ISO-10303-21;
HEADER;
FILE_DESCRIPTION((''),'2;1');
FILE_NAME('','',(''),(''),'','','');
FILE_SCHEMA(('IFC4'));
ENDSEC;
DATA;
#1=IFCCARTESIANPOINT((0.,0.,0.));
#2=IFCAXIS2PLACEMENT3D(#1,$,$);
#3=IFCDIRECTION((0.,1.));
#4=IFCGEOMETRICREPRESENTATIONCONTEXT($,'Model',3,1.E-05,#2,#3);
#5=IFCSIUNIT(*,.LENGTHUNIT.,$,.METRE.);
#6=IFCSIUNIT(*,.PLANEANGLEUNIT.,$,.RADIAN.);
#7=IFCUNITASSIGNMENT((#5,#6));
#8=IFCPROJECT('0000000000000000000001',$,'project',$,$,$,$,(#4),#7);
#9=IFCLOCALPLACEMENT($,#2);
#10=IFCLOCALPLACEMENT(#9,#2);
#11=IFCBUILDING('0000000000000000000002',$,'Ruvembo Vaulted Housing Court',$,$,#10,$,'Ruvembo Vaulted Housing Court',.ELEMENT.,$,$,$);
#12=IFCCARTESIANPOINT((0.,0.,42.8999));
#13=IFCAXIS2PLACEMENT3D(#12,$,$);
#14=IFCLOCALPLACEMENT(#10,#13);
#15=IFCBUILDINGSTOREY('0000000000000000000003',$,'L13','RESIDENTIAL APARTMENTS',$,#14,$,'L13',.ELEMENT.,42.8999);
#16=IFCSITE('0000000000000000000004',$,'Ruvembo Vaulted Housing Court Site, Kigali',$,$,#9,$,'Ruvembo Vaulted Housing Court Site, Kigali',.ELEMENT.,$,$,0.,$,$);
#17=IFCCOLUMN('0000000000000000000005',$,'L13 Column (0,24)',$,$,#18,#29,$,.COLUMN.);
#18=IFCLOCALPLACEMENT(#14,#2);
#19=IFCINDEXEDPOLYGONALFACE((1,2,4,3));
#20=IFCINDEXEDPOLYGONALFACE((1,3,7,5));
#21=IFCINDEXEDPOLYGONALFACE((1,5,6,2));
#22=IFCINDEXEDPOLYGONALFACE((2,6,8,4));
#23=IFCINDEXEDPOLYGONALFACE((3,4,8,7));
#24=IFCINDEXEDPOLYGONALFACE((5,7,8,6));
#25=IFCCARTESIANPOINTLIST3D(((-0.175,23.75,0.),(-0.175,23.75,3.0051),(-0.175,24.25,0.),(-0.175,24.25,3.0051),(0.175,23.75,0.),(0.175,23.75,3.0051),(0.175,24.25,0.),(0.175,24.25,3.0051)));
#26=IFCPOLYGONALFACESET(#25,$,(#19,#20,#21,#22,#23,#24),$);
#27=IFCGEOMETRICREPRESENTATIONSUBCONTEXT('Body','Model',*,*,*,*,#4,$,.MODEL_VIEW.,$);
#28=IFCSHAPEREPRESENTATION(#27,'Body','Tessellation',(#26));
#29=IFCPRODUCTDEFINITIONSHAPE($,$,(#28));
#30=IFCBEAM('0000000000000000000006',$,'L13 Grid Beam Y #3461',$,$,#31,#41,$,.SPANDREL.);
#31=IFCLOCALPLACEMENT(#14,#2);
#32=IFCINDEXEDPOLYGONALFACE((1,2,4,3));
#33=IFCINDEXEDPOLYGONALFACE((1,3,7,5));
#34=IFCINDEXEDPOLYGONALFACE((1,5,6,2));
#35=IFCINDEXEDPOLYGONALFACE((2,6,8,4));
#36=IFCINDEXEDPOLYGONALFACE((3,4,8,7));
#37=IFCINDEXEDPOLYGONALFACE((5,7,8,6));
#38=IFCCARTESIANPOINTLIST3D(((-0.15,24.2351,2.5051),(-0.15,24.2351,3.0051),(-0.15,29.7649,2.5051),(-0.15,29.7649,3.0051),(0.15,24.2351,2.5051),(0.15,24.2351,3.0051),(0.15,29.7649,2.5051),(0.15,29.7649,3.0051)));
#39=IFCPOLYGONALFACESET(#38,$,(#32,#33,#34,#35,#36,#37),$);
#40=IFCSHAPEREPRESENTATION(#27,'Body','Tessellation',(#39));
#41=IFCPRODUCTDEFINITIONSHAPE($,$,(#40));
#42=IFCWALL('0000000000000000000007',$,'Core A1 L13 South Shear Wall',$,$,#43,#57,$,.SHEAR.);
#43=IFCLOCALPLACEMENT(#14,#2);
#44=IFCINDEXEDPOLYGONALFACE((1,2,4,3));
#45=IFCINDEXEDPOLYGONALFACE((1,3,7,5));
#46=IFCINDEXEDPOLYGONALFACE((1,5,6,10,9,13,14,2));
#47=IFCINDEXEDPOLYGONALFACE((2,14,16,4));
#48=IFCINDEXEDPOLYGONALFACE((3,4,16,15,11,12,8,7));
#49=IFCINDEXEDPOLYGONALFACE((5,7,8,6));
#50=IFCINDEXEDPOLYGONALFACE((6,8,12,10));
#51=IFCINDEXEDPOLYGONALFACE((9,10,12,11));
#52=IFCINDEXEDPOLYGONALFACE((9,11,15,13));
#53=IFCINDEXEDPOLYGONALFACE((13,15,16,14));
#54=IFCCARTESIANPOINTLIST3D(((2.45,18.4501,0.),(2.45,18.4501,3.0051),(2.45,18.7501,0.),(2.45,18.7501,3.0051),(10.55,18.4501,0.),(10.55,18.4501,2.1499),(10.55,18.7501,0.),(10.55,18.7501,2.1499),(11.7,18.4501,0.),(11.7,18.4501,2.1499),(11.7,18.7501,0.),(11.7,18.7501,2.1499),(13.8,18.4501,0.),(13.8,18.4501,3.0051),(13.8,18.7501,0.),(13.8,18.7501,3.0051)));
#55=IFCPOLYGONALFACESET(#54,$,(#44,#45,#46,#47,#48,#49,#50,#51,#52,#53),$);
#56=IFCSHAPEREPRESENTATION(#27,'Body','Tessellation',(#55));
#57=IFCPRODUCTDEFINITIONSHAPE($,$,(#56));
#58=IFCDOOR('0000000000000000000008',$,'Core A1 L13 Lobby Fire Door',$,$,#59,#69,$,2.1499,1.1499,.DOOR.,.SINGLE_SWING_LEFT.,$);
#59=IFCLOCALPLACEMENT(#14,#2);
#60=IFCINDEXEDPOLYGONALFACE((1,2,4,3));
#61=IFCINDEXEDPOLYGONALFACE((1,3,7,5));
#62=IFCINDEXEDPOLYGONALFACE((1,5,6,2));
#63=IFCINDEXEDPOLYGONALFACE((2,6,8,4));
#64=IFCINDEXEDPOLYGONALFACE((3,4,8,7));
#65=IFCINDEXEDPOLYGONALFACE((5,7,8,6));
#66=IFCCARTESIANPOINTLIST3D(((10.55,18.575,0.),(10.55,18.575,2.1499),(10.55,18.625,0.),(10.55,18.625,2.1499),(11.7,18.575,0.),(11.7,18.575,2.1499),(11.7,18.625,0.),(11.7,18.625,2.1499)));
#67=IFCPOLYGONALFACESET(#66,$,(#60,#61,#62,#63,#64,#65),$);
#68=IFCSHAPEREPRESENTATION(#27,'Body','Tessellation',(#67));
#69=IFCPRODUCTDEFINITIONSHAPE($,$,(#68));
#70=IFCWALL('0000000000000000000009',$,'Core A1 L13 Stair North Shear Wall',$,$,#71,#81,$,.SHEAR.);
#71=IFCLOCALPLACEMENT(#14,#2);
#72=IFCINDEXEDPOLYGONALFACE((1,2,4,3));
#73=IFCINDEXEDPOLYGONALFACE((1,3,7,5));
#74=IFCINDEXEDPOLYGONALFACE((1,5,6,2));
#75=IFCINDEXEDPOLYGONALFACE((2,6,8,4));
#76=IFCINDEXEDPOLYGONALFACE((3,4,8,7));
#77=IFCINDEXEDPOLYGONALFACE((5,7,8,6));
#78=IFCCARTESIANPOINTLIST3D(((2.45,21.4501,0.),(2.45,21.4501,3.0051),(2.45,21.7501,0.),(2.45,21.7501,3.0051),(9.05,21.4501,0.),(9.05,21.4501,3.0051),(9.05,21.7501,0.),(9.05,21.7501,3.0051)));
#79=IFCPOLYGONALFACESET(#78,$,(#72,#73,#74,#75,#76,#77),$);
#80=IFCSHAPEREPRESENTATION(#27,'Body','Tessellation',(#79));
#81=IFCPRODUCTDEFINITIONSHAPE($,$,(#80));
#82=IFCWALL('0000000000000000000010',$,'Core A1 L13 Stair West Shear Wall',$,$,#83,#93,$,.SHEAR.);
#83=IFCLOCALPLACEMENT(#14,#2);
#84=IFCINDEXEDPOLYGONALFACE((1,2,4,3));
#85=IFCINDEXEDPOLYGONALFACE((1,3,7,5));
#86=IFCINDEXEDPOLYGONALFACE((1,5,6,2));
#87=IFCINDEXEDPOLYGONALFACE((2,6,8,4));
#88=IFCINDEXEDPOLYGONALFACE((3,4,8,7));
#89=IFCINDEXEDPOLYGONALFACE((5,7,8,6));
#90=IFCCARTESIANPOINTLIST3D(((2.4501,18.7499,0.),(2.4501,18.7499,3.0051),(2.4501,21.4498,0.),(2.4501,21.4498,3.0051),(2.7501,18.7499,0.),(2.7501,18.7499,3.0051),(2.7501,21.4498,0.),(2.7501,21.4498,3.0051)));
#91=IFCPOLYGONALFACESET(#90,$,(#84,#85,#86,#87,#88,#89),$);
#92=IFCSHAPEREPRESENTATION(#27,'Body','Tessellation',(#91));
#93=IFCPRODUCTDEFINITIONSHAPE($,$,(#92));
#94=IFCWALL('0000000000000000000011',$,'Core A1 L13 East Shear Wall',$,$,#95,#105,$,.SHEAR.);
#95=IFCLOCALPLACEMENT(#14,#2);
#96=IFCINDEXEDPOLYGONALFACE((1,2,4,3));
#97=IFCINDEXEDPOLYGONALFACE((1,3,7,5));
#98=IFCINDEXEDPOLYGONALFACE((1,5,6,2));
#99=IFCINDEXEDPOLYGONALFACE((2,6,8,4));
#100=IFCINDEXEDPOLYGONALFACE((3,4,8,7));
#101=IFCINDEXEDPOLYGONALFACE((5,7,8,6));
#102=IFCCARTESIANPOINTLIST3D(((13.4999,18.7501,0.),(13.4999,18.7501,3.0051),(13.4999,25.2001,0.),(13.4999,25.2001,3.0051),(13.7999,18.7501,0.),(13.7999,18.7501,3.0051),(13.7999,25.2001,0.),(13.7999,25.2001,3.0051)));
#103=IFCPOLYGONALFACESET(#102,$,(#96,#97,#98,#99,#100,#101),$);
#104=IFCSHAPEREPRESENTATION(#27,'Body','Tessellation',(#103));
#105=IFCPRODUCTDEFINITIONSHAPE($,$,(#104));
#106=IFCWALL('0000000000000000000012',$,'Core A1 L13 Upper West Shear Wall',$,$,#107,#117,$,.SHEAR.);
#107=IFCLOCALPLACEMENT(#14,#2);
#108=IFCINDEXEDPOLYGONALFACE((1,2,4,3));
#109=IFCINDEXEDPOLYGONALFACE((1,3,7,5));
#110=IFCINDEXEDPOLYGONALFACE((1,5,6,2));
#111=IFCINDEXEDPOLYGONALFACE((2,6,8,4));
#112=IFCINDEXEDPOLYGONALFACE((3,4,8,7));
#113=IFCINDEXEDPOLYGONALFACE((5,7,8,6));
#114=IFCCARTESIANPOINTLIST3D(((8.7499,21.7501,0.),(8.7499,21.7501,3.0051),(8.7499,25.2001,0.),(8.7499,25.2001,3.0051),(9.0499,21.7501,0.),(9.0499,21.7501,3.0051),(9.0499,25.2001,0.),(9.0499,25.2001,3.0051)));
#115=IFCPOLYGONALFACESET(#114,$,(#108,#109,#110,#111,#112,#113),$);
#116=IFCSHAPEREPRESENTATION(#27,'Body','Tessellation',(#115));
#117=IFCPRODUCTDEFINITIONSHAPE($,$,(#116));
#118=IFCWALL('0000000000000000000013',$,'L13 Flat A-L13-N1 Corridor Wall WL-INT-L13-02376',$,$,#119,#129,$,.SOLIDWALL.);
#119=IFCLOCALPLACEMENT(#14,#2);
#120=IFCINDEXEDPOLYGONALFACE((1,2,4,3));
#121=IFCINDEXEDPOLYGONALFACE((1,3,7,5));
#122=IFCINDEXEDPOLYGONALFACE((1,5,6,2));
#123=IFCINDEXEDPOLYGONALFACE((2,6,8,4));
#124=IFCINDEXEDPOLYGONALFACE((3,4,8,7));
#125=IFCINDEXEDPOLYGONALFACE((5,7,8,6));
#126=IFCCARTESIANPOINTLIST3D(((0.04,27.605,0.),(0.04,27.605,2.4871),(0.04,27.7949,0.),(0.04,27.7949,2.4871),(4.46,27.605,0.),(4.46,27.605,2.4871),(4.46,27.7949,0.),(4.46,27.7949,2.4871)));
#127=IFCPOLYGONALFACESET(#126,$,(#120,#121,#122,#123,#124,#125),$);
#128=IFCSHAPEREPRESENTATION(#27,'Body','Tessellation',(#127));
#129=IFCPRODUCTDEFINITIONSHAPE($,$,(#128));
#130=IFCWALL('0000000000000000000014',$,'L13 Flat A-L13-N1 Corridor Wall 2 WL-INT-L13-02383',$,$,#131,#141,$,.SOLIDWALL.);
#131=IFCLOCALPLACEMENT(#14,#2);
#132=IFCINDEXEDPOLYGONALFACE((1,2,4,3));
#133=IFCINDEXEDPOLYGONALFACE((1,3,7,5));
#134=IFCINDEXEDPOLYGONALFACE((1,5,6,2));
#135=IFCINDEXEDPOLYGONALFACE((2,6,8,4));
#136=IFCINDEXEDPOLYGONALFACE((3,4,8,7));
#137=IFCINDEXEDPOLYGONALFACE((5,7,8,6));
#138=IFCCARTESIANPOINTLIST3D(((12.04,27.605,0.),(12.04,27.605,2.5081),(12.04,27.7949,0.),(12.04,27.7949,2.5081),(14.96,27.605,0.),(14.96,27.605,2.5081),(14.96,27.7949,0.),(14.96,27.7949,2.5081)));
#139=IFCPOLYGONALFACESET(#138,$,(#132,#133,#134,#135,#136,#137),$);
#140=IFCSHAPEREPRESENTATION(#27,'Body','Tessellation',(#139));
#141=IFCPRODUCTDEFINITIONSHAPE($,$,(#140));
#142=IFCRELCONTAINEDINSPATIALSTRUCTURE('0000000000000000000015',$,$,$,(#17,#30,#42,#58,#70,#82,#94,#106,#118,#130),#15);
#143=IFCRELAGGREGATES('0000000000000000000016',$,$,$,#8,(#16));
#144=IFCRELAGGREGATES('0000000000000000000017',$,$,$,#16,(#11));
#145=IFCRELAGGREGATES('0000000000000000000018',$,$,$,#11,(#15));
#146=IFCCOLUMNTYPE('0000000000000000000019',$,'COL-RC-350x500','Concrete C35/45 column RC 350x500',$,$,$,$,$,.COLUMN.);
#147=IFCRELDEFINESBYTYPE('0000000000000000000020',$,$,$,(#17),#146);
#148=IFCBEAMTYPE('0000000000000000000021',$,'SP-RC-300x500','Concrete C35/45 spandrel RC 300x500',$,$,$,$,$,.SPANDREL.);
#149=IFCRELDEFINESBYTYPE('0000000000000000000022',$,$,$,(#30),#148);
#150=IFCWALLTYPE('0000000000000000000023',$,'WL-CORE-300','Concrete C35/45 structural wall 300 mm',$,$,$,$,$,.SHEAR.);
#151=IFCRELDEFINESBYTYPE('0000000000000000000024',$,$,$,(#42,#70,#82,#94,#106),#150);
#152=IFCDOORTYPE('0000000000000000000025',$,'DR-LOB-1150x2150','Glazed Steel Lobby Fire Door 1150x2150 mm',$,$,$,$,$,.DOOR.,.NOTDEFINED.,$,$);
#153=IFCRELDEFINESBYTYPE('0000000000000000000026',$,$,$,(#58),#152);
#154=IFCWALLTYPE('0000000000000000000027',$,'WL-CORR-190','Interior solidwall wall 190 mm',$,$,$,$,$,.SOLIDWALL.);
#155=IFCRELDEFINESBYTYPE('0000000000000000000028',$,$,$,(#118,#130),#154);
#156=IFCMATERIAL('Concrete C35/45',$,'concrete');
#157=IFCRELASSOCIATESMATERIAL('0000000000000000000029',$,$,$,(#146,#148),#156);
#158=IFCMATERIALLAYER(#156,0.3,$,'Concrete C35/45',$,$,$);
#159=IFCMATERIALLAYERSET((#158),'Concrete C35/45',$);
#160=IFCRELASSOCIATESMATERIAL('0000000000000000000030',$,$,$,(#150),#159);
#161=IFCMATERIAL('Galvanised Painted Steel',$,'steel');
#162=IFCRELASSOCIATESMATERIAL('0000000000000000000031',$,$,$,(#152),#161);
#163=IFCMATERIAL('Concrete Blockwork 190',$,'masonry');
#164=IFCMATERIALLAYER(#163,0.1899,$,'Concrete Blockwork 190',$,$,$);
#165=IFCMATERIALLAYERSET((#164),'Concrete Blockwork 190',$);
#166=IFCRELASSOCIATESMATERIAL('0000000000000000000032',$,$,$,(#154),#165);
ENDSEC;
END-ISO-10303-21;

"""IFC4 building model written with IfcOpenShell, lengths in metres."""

from ifc_helpers import new_model, si_unit, direction, frame, frame_2d, origin, origin_2d, place, context, subcontext, project, spatial, rectangle, extrude, material, layer, layer_set, material_profile, profile_set, type_object, element, fill, save


model = new_model("IFC4")

# Units and contexts
model_context = context("Model", 3, precision=1e-05, world=origin(), true_north=direction((0.0, 1.0)))
body_context = subcontext(model_context, "Body", "Model", "MODEL_VIEW")
ifc_project = project(units=[si_unit("LENGTHUNIT", "METRE"), si_unit("PLANEANGLEUNIT", "RADIAN")], contexts=[model_context])

# Site, building, storey
site_placement = place(None, origin())
site = spatial("IfcSite", under=ifc_project, at=site_placement, Name="Ruvembo Vaulted Housing Court Site, Kigali", LongName="Ruvembo Vaulted Housing Court Site, Kigali", CompositionType="ELEMENT", RefElevation=0.0)
building_placement = place(site_placement, origin())
building = spatial("IfcBuilding", under=site, at=building_placement, Name="Ruvembo Vaulted Housing Court", LongName="Ruvembo Vaulted Housing Court", CompositionType="ELEMENT")
storey_placement = place(building_placement, frame((0.0, 0.0, 42.8999)))
storey = spatial("IfcBuildingStorey", under=building, at=storey_placement, Name="L13", Description="RESIDENTIAL APARTMENTS", LongName="L13", CompositionType="ELEMENT", Elevation=42.8999)

# Column
ifc_material_1 = material(Name="Concrete C35/45", Category="concrete")
ifc_material_profile_1 = material_profile(ifc_material_1, rectangle(XDim=0.3501, YDim=0.5, at=origin_2d()), Name="RC 350x500")
ifc_profile_set_1 = profile_set([ifc_material_profile_1], Name="Concrete C35/45")
column_type = type_object("IfcColumnType", Name="COL-RC-350x500", Description="Concrete C35/45 column RC 350x500", PredefinedType="COLUMN", material=ifc_profile_set_1)
column_placement = place(storey_placement, frame((0.0, 24.0, 0.0), z_axis=(0.0, 0.0, 1.0), x_axis=(1.0, 0.0, 0.0)))
element("IfcColumn", 1, at=column_placement, inside=storey, type_object=column_type, Name="L13 Column (0,24)", PredefinedType="COLUMN", context=body_context, shape_type="SweptSolid", body=[
    extrude(rectangle(XDim=0.3501, YDim=0.5, at=origin_2d()), origin(), (0.0, 0.0, 1.0), 3.0051),
])

# Beam
ifc_material_profile_2 = material_profile(ifc_material_1, rectangle(XDim=0.3, YDim=0.5, at=origin_2d()), Name="RC 300x500")
ifc_profile_set_2 = profile_set([ifc_material_profile_2], Name="Concrete C35/45")
beam_type = type_object("IfcBeamType", Name="SP-RC-300x500", Description="Concrete C35/45 spandrel RC 300x500", PredefinedType="SPANDREL", material=ifc_profile_set_2)
beam_placement = place(storey_placement, frame((0.0, 24.2351, 2.7551), z_axis=(0.0, 1.0, 0.0), x_axis=(-1.0, 0.0, 0.0)))
element("IfcBeam", 2, at=beam_placement, inside=storey, type_object=beam_type, Name="L13 Grid Beam Y #3461", PredefinedType="SPANDREL", context=body_context, shape_type="SweptSolid", body=[
    extrude(rectangle(XDim=0.3, YDim=0.5, at=origin_2d()), origin(), (0.0, 0.0, 1.0), 5.5298),
])

# Wall, opening, door
ifc_layer_1 = layer(ifc_material_1, 0.3, Name="Concrete C35/45")
ifc_layer_set_1 = layer_set([ifc_layer_1], Name="Concrete C35/45")
wall_type_1 = type_object("IfcWallType", Name="WL-CORE-300", Description="Concrete C35/45 structural wall 300 mm", PredefinedType="SHEAR", material=ifc_layer_set_1)
wall_1_placement = place(storey_placement, frame((2.45, 18.6001, 0.0), z_axis=(0.0, 0.0, 1.0), x_axis=(1.0, 0.0, 0.0)))
wall_1 = element("IfcWall", 3, at=wall_1_placement, inside=storey, type_object=wall_type_1, Name="Core A1 L13 South Shear Wall", PredefinedType="SHEAR", context=body_context, shape_type="SweptSolid", body=[
    extrude(rectangle(XDim=11.3501, YDim=0.3, at=frame_2d((5.675, 0.0))), origin(), (0.0, 0.0, 1.0), 3.0051),
])
opening_1_placement = place(wall_1_placement, frame((8.1001, 0.0, 0.0)))
opening_1 = element("IfcOpeningElement", 4, at=opening_1_placement, cuts=wall_1, PredefinedType="OPENING", context=body_context, shape_type="SweptSolid", body=[
    extrude(rectangle(XDim=1.1499, YDim=2.1499, at=frame_2d((0.575, 1.075))), frame((0.0, 0.1599, 0.0), z_axis=(0.0, -1.0, 0.0), x_axis=(1.0, 0.0, 0.0)), (0.0, 0.0, 1.0), 0.3201),
])
ifc_material_2 = material(Name="Galvanised Painted Steel", Category="steel")
door_type_1 = type_object("IfcDoorType", Name="DR-LOB-1150x2150", Description="Glazed Steel Lobby Fire Door 1150x2150 mm", OperationType="NOTDEFINED", PredefinedType="DOOR", material=ifc_material_2)
door_1_placement = place(opening_1_placement, origin())
door_1 = element("IfcDoor", 5, at=door_1_placement, inside=storey, type_object=door_type_1, Name="Core A1 L13 Lobby Fire Door", OperationType="SINGLE_SWING_LEFT", OverallHeight=2.1499, OverallWidth=1.1499, PredefinedType="DOOR", context=body_context, shape_type="SweptSolid", body=[
    extrude(rectangle(XDim=1.1499, YDim=2.1499, at=frame_2d((0.575, 1.075))), frame((0.0, 0.0249, 0.0), z_axis=(0.0, -1.0, 0.0), x_axis=(1.0, 0.0, 0.0)), (0.0, 0.0, 1.0), 0.05),
])
fill(opening_1, door_1)

# Walls
wall_2_placement = place(storey_placement, frame((9.05, 21.6001, 0.0), z_axis=(0.0, 0.0, 1.0), x_axis=(-1.0, 0.0, 0.0)))
element("IfcWall", 6, at=wall_2_placement, inside=storey, type_object=wall_type_1, Name="Core A1 L13 Stair North Shear Wall", PredefinedType="SHEAR", context=body_context, shape_type="SweptSolid", body=[
    extrude(rectangle(XDim=6.6001, YDim=0.3, at=frame_2d((3.3, 0.0))), origin(), (0.0, 0.0, 1.0), 3.0051),
])
wall_3_placement = place(storey_placement, frame((2.6001, 21.45, 0.0), z_axis=(0.0, 0.0, 1.0), x_axis=(0.0, -1.0, 0.0)))
element("IfcWall", 7, at=wall_3_placement, inside=storey, type_object=wall_type_1, Name="Core A1 L13 Stair West Shear Wall", PredefinedType="SHEAR", context=body_context, shape_type="SweptSolid", body=[
    extrude(rectangle(XDim=2.7, YDim=0.3, at=frame_2d((1.3501, 0.0))), origin(), (0.0, 0.0, 1.0), 3.0051),
])

# Walls
wall_4_placement = place(storey_placement, frame((13.6499, 18.75, 0.0), z_axis=(0.0, 0.0, 1.0), x_axis=(0.0, 1.0, 0.0)))
element("IfcWall", 8, at=wall_4_placement, inside=storey, type_object=wall_type_1, Name="Core A1 L13 East Shear Wall", PredefinedType="SHEAR", context=body_context, shape_type="SweptSolid", body=[
    extrude(rectangle(XDim=6.45, YDim=0.3, at=frame_2d((3.2251, 0.0))), origin(), (0.0, 0.0, 1.0), 3.0051),
])
wall_5_placement = place(storey_placement, frame((8.8999, 21.75, 0.0), z_axis=(0.0, 0.0, 1.0), x_axis=(0.0, 1.0, 0.0)))
element("IfcWall", 9, at=wall_5_placement, inside=storey, type_object=wall_type_1, Name="Core A1 L13 Upper West Shear Wall", PredefinedType="SHEAR", context=body_context, shape_type="SweptSolid", body=[
    extrude(rectangle(XDim=3.45, YDim=0.3, at=frame_2d((1.7251, 0.0))), origin(), (0.0, 0.0, 1.0), 3.0051),
])
ifc_material_3 = material(Name="Concrete Blockwork 190", Category="masonry")
ifc_layer_2 = layer(ifc_material_3, 0.1899, Name="Concrete Blockwork 190")
ifc_layer_set_2 = layer_set([ifc_layer_2], Name="Concrete Blockwork 190")
wall_type_2 = type_object("IfcWallType", Name="WL-CORR-190", Description="Interior solidwall wall 190 mm", PredefinedType="SOLIDWALL", material=ifc_layer_set_2)
wall_6_placement = place(storey_placement, frame((0.04, 27.7, 0.0), z_axis=(0.0, 0.0, 1.0), x_axis=(1.0, 0.0, 0.0)))
element("IfcWall", 10, at=wall_6_placement, inside=storey, type_object=wall_type_2, Name="L13 Flat A-L13-N1 Corridor Wall WL-INT-L13-02376", PredefinedType="SOLIDWALL", context=body_context, shape_type="SweptSolid", body=[
    extrude(rectangle(XDim=4.4199, YDim=0.1899, at=frame_2d((2.21, 0.0))), origin(), (0.0, 0.0, 1.0), 2.4871),
])

# Wall
wall_7_placement = place(storey_placement, frame((12.04, 27.7, 0.0), z_axis=(0.0, 0.0, 1.0), x_axis=(1.0, 0.0, 0.0)))
element("IfcWall", 11, at=wall_7_placement, inside=storey, type_object=wall_type_2, Name="L13 Flat A-L13-N1 Corridor Wall 2 WL-INT-L13-02383", PredefinedType="SOLIDWALL", context=body_context, shape_type="SweptSolid", body=[
    extrude(rectangle(XDim=2.9199, YDim=0.1899, at=frame_2d((1.46, 0.0))), origin(), (0.0, 0.0, 1.0), 2.5081),
])

save(model, "model.ifc")
